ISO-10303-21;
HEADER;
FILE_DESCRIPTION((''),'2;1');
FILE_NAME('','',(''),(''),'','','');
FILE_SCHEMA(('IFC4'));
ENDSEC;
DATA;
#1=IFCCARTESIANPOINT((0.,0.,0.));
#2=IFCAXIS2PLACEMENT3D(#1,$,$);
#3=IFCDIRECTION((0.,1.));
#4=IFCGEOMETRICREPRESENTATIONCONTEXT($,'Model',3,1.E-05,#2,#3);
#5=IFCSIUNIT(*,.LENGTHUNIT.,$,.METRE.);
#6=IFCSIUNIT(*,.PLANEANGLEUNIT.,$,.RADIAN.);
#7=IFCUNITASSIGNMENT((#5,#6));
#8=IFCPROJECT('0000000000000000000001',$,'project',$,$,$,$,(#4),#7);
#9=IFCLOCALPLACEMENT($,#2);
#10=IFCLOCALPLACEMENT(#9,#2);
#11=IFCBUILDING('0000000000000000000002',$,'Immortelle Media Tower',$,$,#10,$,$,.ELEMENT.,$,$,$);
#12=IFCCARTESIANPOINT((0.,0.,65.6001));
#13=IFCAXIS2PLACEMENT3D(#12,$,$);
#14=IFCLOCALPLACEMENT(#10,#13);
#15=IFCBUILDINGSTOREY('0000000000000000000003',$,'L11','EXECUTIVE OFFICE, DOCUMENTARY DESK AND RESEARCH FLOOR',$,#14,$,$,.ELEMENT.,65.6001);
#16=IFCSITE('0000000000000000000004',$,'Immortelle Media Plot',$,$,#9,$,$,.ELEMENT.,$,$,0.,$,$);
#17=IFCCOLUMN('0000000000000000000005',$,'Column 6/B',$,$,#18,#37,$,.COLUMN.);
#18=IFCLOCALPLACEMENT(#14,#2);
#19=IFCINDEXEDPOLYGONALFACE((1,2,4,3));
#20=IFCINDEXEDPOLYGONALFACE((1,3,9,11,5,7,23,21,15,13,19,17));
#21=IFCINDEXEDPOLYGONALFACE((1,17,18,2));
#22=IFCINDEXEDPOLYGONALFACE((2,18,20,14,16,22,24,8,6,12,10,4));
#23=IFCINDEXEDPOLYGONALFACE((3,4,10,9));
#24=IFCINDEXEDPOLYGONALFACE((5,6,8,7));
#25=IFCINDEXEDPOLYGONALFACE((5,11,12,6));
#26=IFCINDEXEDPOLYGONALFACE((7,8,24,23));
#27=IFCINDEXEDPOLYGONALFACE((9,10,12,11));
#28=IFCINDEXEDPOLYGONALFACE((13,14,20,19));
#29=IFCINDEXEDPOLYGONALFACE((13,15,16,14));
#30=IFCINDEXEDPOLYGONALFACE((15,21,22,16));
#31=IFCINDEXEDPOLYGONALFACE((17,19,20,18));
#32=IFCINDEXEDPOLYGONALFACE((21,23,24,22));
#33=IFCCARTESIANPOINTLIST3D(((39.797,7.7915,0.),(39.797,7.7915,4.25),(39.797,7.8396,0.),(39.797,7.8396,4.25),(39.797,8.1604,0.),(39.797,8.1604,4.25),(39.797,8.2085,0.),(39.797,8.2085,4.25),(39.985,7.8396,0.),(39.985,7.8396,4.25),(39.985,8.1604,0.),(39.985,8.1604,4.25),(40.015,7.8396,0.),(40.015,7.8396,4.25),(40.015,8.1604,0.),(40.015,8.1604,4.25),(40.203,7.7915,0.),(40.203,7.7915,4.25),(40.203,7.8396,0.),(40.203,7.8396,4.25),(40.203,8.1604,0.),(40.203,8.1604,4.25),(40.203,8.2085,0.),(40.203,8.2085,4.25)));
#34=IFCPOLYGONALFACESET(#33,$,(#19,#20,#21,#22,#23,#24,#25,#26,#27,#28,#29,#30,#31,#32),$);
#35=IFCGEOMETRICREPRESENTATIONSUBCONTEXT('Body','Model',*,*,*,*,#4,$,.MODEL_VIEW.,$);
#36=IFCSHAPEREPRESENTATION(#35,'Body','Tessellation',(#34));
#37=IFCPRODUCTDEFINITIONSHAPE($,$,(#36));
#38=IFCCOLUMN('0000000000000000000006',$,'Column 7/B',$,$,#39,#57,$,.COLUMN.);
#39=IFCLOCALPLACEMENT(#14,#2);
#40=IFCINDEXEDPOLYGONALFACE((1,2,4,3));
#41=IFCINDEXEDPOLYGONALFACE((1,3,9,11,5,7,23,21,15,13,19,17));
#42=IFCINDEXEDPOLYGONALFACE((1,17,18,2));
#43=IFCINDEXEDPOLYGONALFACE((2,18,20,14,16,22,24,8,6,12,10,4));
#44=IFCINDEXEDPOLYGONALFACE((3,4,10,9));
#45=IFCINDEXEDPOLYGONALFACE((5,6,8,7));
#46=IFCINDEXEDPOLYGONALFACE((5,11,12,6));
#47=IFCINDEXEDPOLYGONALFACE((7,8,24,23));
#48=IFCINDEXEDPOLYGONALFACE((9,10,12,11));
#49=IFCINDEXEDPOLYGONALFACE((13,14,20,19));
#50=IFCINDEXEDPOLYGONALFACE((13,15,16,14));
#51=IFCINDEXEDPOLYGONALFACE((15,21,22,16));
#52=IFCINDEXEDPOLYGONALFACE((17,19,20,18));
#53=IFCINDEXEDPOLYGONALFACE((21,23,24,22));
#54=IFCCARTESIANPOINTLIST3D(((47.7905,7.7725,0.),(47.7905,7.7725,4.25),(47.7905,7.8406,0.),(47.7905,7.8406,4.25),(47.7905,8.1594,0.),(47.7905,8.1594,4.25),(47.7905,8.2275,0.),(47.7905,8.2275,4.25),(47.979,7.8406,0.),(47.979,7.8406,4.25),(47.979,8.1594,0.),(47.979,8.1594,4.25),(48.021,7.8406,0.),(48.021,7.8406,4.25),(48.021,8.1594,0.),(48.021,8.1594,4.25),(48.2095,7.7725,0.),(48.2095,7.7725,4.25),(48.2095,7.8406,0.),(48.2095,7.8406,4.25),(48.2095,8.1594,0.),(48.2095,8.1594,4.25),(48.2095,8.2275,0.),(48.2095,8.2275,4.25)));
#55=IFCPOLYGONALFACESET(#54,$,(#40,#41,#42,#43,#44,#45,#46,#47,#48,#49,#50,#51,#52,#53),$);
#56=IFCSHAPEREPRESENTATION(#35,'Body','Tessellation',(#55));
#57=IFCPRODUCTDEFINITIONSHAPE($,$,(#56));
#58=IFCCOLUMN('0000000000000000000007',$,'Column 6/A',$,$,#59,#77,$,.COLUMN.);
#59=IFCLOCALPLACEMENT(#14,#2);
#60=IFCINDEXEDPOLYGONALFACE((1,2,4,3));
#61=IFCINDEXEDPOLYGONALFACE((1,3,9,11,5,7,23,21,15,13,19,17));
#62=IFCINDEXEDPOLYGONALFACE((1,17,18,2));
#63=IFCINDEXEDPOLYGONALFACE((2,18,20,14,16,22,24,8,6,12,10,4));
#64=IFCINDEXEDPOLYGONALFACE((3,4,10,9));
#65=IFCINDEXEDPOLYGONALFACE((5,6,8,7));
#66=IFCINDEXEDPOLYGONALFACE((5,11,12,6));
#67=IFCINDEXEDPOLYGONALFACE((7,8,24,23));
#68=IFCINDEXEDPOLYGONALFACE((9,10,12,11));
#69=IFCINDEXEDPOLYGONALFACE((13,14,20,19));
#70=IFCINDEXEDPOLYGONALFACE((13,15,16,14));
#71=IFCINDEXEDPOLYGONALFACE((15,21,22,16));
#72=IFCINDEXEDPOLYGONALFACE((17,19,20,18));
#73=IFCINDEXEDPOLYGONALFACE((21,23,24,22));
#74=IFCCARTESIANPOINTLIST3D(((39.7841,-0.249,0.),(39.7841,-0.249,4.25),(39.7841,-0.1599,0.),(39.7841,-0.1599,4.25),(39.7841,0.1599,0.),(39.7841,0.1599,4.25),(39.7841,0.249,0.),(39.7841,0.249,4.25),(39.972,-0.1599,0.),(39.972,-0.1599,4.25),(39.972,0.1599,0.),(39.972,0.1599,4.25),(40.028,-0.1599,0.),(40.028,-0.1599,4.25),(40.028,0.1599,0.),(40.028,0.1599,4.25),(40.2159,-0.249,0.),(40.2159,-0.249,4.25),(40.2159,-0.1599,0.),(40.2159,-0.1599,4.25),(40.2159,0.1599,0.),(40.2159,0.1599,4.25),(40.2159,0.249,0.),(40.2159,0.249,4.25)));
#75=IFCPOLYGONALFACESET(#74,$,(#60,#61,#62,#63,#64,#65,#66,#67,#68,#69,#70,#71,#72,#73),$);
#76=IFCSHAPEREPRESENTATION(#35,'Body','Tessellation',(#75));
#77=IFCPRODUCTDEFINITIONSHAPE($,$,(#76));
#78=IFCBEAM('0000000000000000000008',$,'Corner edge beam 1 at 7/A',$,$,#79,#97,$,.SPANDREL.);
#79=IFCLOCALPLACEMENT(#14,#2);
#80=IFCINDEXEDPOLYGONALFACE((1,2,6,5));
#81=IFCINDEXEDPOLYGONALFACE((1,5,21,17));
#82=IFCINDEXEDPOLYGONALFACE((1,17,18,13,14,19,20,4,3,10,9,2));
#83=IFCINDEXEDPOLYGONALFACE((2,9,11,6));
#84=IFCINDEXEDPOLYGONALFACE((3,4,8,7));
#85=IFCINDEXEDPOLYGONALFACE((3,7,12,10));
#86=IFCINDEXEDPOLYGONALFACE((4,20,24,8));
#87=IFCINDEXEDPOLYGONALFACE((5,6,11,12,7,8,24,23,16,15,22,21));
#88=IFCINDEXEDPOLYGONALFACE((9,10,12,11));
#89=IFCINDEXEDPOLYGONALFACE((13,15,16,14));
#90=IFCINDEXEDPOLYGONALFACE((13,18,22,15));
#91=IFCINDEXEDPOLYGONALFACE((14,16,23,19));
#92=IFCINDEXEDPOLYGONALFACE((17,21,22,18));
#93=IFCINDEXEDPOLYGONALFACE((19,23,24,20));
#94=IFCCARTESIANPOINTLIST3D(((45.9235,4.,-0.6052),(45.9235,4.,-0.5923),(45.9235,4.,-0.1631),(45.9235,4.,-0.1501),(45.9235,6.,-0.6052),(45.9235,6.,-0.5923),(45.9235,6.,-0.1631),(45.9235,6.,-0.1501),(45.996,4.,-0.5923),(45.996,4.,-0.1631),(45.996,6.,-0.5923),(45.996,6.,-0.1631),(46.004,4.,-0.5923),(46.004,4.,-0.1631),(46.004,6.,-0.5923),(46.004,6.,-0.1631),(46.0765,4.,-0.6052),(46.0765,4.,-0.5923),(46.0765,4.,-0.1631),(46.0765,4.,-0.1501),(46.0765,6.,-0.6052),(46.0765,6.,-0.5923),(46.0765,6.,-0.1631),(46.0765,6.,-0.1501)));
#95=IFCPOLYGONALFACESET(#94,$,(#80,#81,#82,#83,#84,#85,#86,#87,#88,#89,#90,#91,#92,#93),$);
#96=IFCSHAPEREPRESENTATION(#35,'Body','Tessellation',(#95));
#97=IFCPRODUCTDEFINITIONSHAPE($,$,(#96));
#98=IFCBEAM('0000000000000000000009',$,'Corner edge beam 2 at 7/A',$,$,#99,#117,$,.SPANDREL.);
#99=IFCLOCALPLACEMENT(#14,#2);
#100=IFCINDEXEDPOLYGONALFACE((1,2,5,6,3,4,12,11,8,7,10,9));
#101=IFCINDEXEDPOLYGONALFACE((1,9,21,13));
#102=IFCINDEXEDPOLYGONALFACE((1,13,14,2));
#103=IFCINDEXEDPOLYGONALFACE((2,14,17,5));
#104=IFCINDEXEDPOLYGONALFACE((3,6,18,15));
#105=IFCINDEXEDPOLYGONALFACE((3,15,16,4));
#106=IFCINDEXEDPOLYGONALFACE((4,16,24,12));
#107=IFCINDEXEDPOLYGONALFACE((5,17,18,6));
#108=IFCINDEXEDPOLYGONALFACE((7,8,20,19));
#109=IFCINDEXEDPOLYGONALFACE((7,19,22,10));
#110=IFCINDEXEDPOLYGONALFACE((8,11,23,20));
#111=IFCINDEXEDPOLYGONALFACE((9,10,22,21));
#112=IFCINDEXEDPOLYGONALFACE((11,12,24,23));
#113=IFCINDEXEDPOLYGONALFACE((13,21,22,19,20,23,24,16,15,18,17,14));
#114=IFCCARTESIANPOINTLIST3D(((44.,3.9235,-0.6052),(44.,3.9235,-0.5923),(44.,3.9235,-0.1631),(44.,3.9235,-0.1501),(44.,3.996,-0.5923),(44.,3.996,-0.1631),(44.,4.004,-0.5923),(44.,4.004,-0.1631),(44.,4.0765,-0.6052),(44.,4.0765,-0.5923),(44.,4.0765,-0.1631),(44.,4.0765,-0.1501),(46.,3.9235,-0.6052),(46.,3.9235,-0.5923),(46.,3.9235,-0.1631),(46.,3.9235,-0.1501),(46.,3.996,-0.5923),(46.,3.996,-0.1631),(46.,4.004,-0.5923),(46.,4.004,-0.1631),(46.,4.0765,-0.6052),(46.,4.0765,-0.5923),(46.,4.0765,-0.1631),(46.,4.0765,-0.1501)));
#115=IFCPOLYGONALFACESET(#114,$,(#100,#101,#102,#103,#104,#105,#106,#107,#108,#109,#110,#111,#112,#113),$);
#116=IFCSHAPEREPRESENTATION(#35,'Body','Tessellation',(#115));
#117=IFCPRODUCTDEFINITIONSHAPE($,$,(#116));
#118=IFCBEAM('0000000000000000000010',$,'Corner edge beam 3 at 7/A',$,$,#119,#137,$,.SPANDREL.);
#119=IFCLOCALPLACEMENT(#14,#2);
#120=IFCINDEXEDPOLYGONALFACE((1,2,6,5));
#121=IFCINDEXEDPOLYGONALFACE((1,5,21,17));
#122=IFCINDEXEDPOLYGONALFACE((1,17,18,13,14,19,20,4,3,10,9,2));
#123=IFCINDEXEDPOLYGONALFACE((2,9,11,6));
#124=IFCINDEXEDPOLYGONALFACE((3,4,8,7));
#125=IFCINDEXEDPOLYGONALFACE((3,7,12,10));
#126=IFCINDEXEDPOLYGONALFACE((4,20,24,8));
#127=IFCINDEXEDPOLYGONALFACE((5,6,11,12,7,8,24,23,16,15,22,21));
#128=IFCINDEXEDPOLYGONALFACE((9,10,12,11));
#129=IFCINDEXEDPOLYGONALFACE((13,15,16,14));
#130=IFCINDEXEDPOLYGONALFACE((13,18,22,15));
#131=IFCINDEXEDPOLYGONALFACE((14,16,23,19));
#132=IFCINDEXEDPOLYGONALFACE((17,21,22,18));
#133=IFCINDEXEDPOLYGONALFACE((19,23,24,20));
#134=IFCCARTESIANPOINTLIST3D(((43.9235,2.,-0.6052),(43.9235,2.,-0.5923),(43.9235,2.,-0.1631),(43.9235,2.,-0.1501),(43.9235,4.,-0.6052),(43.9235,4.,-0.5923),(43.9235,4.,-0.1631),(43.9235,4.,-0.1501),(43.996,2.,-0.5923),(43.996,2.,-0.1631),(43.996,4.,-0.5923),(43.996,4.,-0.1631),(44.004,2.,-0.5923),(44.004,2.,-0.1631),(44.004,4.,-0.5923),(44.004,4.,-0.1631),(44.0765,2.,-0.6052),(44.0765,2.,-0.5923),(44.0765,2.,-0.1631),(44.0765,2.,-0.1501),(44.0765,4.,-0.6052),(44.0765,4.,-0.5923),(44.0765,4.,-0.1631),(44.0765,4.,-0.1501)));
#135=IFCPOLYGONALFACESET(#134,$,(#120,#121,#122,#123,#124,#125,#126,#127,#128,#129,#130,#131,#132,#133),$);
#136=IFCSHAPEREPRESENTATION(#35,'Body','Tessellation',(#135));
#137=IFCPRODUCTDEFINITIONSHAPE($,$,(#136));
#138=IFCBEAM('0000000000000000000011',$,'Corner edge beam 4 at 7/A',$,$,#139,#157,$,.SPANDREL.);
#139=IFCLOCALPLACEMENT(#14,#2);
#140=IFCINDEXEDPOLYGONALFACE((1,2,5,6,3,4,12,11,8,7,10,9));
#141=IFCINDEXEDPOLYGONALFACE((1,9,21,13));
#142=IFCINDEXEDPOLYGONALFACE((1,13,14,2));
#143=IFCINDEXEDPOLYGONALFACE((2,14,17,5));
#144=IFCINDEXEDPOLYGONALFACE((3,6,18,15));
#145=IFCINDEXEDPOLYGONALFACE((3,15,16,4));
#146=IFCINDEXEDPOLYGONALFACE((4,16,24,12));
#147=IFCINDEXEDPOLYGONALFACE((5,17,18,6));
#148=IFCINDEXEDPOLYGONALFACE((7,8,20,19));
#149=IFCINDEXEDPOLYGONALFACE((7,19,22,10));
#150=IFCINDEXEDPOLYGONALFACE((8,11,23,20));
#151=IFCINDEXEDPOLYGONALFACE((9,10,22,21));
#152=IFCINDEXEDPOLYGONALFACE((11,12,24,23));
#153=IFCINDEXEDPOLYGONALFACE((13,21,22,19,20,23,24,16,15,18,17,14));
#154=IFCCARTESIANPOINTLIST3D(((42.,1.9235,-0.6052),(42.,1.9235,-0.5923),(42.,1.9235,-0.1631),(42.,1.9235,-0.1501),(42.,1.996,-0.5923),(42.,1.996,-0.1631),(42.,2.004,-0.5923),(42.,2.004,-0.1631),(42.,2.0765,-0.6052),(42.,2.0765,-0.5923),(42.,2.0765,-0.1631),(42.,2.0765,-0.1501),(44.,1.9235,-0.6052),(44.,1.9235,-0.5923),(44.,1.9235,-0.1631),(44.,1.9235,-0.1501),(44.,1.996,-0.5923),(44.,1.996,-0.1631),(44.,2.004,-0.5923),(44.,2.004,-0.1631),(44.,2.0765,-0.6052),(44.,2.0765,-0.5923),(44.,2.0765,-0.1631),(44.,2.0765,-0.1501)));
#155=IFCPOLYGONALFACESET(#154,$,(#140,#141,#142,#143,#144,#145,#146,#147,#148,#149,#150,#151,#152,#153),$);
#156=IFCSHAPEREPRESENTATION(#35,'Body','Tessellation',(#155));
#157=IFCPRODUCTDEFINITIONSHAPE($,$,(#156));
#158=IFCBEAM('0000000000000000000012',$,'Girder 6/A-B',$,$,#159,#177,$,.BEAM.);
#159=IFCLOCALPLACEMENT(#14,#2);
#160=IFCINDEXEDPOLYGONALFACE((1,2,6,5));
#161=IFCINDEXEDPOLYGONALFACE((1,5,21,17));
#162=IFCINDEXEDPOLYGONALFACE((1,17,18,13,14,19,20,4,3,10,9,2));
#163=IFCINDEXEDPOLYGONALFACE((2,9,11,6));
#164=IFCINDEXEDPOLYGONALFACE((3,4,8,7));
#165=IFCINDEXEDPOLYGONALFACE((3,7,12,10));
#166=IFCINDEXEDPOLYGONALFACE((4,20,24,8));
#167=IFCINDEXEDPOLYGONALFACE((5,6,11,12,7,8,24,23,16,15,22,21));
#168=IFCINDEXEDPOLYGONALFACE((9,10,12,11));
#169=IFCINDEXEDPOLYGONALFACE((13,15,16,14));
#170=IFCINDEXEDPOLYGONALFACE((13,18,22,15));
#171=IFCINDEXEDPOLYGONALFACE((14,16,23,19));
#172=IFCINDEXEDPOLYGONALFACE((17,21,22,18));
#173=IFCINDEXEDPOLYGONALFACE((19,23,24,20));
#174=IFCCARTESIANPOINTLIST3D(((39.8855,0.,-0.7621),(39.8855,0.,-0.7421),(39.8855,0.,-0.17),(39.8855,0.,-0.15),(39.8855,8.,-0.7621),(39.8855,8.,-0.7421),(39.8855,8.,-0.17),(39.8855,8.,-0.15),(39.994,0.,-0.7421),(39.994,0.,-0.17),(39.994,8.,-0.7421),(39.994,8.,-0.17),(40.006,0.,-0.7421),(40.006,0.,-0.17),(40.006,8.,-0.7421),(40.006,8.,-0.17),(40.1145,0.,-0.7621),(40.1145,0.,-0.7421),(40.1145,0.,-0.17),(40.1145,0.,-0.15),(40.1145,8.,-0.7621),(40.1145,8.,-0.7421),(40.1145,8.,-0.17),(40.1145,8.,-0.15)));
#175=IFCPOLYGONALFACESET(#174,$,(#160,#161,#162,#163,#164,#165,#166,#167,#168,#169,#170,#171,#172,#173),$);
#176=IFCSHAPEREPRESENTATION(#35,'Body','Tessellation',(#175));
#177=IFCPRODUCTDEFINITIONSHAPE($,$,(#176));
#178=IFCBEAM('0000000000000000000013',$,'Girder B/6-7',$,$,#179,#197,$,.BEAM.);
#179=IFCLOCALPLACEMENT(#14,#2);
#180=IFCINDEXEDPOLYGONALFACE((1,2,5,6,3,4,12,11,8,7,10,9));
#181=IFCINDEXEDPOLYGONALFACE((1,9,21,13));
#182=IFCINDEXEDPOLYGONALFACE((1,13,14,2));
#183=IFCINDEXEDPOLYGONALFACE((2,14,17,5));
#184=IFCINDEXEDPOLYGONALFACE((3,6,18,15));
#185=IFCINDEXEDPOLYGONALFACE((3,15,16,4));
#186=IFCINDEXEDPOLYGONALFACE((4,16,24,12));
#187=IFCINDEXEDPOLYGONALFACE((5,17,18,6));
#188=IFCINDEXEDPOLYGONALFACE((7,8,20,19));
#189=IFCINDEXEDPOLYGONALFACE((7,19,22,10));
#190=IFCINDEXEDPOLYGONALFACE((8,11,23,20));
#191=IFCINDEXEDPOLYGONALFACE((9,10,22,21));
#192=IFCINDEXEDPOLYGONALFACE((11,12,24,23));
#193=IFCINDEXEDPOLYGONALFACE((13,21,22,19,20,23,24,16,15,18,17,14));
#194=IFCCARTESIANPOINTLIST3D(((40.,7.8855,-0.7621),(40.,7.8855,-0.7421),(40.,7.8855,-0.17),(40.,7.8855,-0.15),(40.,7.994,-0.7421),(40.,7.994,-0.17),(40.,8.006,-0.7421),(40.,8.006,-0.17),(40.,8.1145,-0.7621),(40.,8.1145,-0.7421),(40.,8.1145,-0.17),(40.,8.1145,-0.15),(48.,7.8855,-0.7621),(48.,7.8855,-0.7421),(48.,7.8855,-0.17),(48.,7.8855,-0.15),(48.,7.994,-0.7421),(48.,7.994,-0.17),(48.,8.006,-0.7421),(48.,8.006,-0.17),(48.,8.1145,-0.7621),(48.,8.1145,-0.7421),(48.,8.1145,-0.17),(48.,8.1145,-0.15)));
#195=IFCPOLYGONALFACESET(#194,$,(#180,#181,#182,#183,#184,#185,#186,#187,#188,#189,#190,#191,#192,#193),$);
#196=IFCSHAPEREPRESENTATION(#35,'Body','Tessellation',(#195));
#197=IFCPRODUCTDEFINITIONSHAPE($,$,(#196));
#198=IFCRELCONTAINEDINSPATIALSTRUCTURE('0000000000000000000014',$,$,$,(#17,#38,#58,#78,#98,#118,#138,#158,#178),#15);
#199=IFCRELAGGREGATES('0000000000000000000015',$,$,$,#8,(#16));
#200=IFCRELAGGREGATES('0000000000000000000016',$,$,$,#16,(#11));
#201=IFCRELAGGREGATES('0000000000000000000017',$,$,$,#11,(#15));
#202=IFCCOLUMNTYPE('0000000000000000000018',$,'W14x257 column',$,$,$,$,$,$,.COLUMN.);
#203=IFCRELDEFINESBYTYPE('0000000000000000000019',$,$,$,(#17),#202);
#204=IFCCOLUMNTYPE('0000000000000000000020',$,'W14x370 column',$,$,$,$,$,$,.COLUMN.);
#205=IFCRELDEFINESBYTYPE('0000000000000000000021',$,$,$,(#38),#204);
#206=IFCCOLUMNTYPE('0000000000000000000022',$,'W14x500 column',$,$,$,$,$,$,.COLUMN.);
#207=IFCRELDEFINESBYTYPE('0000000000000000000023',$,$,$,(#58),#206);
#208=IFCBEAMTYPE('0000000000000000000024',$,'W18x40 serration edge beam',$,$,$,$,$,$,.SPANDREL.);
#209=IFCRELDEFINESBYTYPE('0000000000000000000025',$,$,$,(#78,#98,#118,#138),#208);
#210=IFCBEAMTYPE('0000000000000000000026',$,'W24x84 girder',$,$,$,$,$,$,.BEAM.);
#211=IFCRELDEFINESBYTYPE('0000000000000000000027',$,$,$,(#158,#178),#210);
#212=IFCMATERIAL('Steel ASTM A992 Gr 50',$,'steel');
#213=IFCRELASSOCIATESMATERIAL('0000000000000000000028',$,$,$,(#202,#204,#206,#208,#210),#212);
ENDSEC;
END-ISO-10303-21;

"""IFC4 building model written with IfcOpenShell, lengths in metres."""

from ifc_helpers import new_model, si_unit, direction, frame, origin, origin_2d, place, context, subcontext, project, spatial, i_section, extrude, material, material_profile, profile_set, type_object, element, save


model = new_model("IFC4")

# Units and contexts
model_context = context("Model", 3, precision=1e-05, world=origin(), true_north=direction((0.0, 1.0)))
body_context = subcontext(model_context, "Body", "Model", "MODEL_VIEW")
ifc_project = project(units=[si_unit("LENGTHUNIT", "METRE"), si_unit("PLANEANGLEUNIT", "RADIAN")], contexts=[model_context])

# Site, building, storey
site_placement = place(None, origin())
site = spatial("IfcSite", under=ifc_project, at=site_placement, Name="Immortelle Media Plot", CompositionType="ELEMENT", RefElevation=0.0)
building_placement = place(site_placement, origin())
building = spatial("IfcBuilding", under=site, at=building_placement, Name="Immortelle Media Tower", CompositionType="ELEMENT")
storey_placement = place(building_placement, frame((0.0, 0.0, 65.6001)))
storey = spatial("IfcBuildingStorey", under=building, at=storey_placement, Name="L11", Description="EXECUTIVE OFFICE, DOCUMENTARY DESK AND RESEARCH FLOOR", CompositionType="ELEMENT", Elevation=65.6001)

# Columns
ifc_material_1 = material(Name="Steel ASTM A992 Gr 50", Category="steel")
ifc_material_profile_1 = material_profile(ifc_material_1, i_section(OverallWidth=0.406, OverallDepth=0.417, WebThickness=0.03, FlangeThickness=0.0481, at=origin_2d()), Name="W14x257")
ifc_profile_set_1 = profile_set([ifc_material_profile_1], Name="Steel ASTM A992 Gr 50")
column_type_1 = type_object("IfcColumnType", Name="W14x257 column", PredefinedType="COLUMN", material=ifc_profile_set_1)
column_1_placement = place(storey_placement, frame((40.0, 8.0, 0.0), z_axis=(0.0, 0.0, 1.0), x_axis=(1.0, 0.0, 0.0)))
element("IfcColumn", 1, at=column_1_placement, inside=storey, type_object=column_type_1, Name="Column 6/B", PredefinedType="COLUMN", context=body_context, shape_type="SweptSolid", body=[
    extrude(i_section(OverallWidth=0.406, OverallDepth=0.417, WebThickness=0.03, FlangeThickness=0.0481, at=origin_2d()), origin(), (0.0, 0.0, 1.0), 4.25),
])
ifc_material_profile_2 = material_profile(ifc_material_1, i_section(OverallWidth=0.4189, OverallDepth=0.4551, WebThickness=0.042, FlangeThickness=0.0681, at=origin_2d()), Name="W14x370")
ifc_profile_set_2 = profile_set([ifc_material_profile_2], Name="Steel ASTM A992 Gr 50")
column_type_2 = type_object("IfcColumnType", Name="W14x370 column", PredefinedType="COLUMN", material=ifc_profile_set_2)
column_2_placement = place(storey_placement, frame((48.0, 8.0, 0.0), z_axis=(0.0, 0.0, 1.0), x_axis=(1.0, 0.0, 0.0)))
element("IfcColumn", 2, at=column_2_placement, inside=storey, type_object=column_type_2, Name="Column 7/B", PredefinedType="COLUMN", context=body_context, shape_type="SweptSolid", body=[
    extrude(i_section(OverallWidth=0.4189, OverallDepth=0.4551, WebThickness=0.042, FlangeThickness=0.0681, at=origin_2d()), origin(), (0.0, 0.0, 1.0), 4.25),
])
ifc_material_profile_3 = material_profile(ifc_material_1, i_section(OverallWidth=0.4319, OverallDepth=0.498, WebThickness=0.0559, FlangeThickness=0.0891, at=origin_2d()), Name="W14x500")
ifc_profile_set_3 = profile_set([ifc_material_profile_3], Name="Steel ASTM A992 Gr 50")
column_type_3 = type_object("IfcColumnType", Name="W14x500 column", PredefinedType="COLUMN", material=ifc_profile_set_3)
column_3_placement = place(storey_placement, frame((40.0, 0.0, 0.0), z_axis=(0.0, 0.0, 1.0), x_axis=(1.0, 0.0, 0.0)))
element("IfcColumn", 3, at=column_3_placement, inside=storey, type_object=column_type_3, Name="Column 6/A", PredefinedType="COLUMN", context=body_context, shape_type="SweptSolid", body=[
    extrude(i_section(OverallWidth=0.4319, OverallDepth=0.498, WebThickness=0.0559, FlangeThickness=0.0891, at=origin_2d()), origin(), (0.0, 0.0, 1.0), 4.25),
])

# Beams
ifc_material_profile_4 = material_profile(ifc_material_1, i_section(OverallWidth=0.1531, OverallDepth=0.4551, WebThickness=0.0081, FlangeThickness=0.0129, at=origin_2d()), Name="W18x40")
ifc_profile_set_4 = profile_set([ifc_material_profile_4], Name="Steel ASTM A992 Gr 50")
beam_type_1 = type_object("IfcBeamType", Name="W18x40 serration edge beam", PredefinedType="SPANDREL", material=ifc_profile_set_4)
for number, where, z_axis, x_axis, name in (
    (4, (46.0, 6.0, -0.3777), (0.0, -1.0, 0.0), (1.0, 0.0, 0.0), "Corner edge beam 1 at 7/A"),
    (5, (46.0, 4.0, -0.3777), (-1.0, 0.0, 0.0), (0.0, -1.0, 0.0), "Corner edge beam 2 at 7/A"),
    (6, (44.0, 4.0, -0.3777), (0.0, -1.0, 0.0), (1.0, 0.0, 0.0), "Corner edge beam 3 at 7/A"),
    (7, (44.0, 2.0, -0.3777), (-1.0, 0.0, 0.0), (0.0, -1.0, 0.0), "Corner edge beam 4 at 7/A"),
):
    element("IfcBeam", number, at=place(storey_placement, frame(where, z_axis=z_axis, x_axis=x_axis)), inside=storey, type_object=beam_type_1, Name=name, PredefinedType="SPANDREL", context=body_context, shape_type="SweptSolid", body=[
        extrude(i_section(OverallWidth=0.1531, OverallDepth=0.4551, WebThickness=0.0081, FlangeThickness=0.0129, at=origin_2d()), origin(), (0.0, 0.0, 1.0), 2.0),
    ])
ifc_material_profile_5 = material_profile(ifc_material_1, i_section(OverallWidth=0.229, OverallDepth=0.6121, WebThickness=0.012, FlangeThickness=0.02, at=origin_2d()), Name="W24x84")
ifc_profile_set_5 = profile_set([ifc_material_profile_5], Name="Steel ASTM A992 Gr 50")
beam_type_2 = type_object("IfcBeamType", Name="W24x84 girder", PredefinedType="BEAM", material=ifc_profile_set_5)
for number, where, z_axis, x_axis, name in (
    (8, (40.0, 0.0, -0.4561), (0.0, 1.0, 0.0), (-1.0, 0.0, 0.0), "Girder 6/A-B"),
    (9, (40.0, 8.0, -0.4561), (1.0, 0.0, 0.0), (0.0, 1.0, 0.0), "Girder B/6-7"),
):
    element("IfcBeam", number, at=place(storey_placement, frame(where, z_axis=z_axis, x_axis=x_axis)), inside=storey, type_object=beam_type_2, Name=name, PredefinedType="BEAM", context=body_context, shape_type="SweptSolid", body=[
        extrude(i_section(OverallWidth=0.229, OverallDepth=0.6121, WebThickness=0.012, FlangeThickness=0.02, at=origin_2d()), origin(), (0.0, 0.0, 1.0), 8.0),
    ])

save(model, "model.ifc")
